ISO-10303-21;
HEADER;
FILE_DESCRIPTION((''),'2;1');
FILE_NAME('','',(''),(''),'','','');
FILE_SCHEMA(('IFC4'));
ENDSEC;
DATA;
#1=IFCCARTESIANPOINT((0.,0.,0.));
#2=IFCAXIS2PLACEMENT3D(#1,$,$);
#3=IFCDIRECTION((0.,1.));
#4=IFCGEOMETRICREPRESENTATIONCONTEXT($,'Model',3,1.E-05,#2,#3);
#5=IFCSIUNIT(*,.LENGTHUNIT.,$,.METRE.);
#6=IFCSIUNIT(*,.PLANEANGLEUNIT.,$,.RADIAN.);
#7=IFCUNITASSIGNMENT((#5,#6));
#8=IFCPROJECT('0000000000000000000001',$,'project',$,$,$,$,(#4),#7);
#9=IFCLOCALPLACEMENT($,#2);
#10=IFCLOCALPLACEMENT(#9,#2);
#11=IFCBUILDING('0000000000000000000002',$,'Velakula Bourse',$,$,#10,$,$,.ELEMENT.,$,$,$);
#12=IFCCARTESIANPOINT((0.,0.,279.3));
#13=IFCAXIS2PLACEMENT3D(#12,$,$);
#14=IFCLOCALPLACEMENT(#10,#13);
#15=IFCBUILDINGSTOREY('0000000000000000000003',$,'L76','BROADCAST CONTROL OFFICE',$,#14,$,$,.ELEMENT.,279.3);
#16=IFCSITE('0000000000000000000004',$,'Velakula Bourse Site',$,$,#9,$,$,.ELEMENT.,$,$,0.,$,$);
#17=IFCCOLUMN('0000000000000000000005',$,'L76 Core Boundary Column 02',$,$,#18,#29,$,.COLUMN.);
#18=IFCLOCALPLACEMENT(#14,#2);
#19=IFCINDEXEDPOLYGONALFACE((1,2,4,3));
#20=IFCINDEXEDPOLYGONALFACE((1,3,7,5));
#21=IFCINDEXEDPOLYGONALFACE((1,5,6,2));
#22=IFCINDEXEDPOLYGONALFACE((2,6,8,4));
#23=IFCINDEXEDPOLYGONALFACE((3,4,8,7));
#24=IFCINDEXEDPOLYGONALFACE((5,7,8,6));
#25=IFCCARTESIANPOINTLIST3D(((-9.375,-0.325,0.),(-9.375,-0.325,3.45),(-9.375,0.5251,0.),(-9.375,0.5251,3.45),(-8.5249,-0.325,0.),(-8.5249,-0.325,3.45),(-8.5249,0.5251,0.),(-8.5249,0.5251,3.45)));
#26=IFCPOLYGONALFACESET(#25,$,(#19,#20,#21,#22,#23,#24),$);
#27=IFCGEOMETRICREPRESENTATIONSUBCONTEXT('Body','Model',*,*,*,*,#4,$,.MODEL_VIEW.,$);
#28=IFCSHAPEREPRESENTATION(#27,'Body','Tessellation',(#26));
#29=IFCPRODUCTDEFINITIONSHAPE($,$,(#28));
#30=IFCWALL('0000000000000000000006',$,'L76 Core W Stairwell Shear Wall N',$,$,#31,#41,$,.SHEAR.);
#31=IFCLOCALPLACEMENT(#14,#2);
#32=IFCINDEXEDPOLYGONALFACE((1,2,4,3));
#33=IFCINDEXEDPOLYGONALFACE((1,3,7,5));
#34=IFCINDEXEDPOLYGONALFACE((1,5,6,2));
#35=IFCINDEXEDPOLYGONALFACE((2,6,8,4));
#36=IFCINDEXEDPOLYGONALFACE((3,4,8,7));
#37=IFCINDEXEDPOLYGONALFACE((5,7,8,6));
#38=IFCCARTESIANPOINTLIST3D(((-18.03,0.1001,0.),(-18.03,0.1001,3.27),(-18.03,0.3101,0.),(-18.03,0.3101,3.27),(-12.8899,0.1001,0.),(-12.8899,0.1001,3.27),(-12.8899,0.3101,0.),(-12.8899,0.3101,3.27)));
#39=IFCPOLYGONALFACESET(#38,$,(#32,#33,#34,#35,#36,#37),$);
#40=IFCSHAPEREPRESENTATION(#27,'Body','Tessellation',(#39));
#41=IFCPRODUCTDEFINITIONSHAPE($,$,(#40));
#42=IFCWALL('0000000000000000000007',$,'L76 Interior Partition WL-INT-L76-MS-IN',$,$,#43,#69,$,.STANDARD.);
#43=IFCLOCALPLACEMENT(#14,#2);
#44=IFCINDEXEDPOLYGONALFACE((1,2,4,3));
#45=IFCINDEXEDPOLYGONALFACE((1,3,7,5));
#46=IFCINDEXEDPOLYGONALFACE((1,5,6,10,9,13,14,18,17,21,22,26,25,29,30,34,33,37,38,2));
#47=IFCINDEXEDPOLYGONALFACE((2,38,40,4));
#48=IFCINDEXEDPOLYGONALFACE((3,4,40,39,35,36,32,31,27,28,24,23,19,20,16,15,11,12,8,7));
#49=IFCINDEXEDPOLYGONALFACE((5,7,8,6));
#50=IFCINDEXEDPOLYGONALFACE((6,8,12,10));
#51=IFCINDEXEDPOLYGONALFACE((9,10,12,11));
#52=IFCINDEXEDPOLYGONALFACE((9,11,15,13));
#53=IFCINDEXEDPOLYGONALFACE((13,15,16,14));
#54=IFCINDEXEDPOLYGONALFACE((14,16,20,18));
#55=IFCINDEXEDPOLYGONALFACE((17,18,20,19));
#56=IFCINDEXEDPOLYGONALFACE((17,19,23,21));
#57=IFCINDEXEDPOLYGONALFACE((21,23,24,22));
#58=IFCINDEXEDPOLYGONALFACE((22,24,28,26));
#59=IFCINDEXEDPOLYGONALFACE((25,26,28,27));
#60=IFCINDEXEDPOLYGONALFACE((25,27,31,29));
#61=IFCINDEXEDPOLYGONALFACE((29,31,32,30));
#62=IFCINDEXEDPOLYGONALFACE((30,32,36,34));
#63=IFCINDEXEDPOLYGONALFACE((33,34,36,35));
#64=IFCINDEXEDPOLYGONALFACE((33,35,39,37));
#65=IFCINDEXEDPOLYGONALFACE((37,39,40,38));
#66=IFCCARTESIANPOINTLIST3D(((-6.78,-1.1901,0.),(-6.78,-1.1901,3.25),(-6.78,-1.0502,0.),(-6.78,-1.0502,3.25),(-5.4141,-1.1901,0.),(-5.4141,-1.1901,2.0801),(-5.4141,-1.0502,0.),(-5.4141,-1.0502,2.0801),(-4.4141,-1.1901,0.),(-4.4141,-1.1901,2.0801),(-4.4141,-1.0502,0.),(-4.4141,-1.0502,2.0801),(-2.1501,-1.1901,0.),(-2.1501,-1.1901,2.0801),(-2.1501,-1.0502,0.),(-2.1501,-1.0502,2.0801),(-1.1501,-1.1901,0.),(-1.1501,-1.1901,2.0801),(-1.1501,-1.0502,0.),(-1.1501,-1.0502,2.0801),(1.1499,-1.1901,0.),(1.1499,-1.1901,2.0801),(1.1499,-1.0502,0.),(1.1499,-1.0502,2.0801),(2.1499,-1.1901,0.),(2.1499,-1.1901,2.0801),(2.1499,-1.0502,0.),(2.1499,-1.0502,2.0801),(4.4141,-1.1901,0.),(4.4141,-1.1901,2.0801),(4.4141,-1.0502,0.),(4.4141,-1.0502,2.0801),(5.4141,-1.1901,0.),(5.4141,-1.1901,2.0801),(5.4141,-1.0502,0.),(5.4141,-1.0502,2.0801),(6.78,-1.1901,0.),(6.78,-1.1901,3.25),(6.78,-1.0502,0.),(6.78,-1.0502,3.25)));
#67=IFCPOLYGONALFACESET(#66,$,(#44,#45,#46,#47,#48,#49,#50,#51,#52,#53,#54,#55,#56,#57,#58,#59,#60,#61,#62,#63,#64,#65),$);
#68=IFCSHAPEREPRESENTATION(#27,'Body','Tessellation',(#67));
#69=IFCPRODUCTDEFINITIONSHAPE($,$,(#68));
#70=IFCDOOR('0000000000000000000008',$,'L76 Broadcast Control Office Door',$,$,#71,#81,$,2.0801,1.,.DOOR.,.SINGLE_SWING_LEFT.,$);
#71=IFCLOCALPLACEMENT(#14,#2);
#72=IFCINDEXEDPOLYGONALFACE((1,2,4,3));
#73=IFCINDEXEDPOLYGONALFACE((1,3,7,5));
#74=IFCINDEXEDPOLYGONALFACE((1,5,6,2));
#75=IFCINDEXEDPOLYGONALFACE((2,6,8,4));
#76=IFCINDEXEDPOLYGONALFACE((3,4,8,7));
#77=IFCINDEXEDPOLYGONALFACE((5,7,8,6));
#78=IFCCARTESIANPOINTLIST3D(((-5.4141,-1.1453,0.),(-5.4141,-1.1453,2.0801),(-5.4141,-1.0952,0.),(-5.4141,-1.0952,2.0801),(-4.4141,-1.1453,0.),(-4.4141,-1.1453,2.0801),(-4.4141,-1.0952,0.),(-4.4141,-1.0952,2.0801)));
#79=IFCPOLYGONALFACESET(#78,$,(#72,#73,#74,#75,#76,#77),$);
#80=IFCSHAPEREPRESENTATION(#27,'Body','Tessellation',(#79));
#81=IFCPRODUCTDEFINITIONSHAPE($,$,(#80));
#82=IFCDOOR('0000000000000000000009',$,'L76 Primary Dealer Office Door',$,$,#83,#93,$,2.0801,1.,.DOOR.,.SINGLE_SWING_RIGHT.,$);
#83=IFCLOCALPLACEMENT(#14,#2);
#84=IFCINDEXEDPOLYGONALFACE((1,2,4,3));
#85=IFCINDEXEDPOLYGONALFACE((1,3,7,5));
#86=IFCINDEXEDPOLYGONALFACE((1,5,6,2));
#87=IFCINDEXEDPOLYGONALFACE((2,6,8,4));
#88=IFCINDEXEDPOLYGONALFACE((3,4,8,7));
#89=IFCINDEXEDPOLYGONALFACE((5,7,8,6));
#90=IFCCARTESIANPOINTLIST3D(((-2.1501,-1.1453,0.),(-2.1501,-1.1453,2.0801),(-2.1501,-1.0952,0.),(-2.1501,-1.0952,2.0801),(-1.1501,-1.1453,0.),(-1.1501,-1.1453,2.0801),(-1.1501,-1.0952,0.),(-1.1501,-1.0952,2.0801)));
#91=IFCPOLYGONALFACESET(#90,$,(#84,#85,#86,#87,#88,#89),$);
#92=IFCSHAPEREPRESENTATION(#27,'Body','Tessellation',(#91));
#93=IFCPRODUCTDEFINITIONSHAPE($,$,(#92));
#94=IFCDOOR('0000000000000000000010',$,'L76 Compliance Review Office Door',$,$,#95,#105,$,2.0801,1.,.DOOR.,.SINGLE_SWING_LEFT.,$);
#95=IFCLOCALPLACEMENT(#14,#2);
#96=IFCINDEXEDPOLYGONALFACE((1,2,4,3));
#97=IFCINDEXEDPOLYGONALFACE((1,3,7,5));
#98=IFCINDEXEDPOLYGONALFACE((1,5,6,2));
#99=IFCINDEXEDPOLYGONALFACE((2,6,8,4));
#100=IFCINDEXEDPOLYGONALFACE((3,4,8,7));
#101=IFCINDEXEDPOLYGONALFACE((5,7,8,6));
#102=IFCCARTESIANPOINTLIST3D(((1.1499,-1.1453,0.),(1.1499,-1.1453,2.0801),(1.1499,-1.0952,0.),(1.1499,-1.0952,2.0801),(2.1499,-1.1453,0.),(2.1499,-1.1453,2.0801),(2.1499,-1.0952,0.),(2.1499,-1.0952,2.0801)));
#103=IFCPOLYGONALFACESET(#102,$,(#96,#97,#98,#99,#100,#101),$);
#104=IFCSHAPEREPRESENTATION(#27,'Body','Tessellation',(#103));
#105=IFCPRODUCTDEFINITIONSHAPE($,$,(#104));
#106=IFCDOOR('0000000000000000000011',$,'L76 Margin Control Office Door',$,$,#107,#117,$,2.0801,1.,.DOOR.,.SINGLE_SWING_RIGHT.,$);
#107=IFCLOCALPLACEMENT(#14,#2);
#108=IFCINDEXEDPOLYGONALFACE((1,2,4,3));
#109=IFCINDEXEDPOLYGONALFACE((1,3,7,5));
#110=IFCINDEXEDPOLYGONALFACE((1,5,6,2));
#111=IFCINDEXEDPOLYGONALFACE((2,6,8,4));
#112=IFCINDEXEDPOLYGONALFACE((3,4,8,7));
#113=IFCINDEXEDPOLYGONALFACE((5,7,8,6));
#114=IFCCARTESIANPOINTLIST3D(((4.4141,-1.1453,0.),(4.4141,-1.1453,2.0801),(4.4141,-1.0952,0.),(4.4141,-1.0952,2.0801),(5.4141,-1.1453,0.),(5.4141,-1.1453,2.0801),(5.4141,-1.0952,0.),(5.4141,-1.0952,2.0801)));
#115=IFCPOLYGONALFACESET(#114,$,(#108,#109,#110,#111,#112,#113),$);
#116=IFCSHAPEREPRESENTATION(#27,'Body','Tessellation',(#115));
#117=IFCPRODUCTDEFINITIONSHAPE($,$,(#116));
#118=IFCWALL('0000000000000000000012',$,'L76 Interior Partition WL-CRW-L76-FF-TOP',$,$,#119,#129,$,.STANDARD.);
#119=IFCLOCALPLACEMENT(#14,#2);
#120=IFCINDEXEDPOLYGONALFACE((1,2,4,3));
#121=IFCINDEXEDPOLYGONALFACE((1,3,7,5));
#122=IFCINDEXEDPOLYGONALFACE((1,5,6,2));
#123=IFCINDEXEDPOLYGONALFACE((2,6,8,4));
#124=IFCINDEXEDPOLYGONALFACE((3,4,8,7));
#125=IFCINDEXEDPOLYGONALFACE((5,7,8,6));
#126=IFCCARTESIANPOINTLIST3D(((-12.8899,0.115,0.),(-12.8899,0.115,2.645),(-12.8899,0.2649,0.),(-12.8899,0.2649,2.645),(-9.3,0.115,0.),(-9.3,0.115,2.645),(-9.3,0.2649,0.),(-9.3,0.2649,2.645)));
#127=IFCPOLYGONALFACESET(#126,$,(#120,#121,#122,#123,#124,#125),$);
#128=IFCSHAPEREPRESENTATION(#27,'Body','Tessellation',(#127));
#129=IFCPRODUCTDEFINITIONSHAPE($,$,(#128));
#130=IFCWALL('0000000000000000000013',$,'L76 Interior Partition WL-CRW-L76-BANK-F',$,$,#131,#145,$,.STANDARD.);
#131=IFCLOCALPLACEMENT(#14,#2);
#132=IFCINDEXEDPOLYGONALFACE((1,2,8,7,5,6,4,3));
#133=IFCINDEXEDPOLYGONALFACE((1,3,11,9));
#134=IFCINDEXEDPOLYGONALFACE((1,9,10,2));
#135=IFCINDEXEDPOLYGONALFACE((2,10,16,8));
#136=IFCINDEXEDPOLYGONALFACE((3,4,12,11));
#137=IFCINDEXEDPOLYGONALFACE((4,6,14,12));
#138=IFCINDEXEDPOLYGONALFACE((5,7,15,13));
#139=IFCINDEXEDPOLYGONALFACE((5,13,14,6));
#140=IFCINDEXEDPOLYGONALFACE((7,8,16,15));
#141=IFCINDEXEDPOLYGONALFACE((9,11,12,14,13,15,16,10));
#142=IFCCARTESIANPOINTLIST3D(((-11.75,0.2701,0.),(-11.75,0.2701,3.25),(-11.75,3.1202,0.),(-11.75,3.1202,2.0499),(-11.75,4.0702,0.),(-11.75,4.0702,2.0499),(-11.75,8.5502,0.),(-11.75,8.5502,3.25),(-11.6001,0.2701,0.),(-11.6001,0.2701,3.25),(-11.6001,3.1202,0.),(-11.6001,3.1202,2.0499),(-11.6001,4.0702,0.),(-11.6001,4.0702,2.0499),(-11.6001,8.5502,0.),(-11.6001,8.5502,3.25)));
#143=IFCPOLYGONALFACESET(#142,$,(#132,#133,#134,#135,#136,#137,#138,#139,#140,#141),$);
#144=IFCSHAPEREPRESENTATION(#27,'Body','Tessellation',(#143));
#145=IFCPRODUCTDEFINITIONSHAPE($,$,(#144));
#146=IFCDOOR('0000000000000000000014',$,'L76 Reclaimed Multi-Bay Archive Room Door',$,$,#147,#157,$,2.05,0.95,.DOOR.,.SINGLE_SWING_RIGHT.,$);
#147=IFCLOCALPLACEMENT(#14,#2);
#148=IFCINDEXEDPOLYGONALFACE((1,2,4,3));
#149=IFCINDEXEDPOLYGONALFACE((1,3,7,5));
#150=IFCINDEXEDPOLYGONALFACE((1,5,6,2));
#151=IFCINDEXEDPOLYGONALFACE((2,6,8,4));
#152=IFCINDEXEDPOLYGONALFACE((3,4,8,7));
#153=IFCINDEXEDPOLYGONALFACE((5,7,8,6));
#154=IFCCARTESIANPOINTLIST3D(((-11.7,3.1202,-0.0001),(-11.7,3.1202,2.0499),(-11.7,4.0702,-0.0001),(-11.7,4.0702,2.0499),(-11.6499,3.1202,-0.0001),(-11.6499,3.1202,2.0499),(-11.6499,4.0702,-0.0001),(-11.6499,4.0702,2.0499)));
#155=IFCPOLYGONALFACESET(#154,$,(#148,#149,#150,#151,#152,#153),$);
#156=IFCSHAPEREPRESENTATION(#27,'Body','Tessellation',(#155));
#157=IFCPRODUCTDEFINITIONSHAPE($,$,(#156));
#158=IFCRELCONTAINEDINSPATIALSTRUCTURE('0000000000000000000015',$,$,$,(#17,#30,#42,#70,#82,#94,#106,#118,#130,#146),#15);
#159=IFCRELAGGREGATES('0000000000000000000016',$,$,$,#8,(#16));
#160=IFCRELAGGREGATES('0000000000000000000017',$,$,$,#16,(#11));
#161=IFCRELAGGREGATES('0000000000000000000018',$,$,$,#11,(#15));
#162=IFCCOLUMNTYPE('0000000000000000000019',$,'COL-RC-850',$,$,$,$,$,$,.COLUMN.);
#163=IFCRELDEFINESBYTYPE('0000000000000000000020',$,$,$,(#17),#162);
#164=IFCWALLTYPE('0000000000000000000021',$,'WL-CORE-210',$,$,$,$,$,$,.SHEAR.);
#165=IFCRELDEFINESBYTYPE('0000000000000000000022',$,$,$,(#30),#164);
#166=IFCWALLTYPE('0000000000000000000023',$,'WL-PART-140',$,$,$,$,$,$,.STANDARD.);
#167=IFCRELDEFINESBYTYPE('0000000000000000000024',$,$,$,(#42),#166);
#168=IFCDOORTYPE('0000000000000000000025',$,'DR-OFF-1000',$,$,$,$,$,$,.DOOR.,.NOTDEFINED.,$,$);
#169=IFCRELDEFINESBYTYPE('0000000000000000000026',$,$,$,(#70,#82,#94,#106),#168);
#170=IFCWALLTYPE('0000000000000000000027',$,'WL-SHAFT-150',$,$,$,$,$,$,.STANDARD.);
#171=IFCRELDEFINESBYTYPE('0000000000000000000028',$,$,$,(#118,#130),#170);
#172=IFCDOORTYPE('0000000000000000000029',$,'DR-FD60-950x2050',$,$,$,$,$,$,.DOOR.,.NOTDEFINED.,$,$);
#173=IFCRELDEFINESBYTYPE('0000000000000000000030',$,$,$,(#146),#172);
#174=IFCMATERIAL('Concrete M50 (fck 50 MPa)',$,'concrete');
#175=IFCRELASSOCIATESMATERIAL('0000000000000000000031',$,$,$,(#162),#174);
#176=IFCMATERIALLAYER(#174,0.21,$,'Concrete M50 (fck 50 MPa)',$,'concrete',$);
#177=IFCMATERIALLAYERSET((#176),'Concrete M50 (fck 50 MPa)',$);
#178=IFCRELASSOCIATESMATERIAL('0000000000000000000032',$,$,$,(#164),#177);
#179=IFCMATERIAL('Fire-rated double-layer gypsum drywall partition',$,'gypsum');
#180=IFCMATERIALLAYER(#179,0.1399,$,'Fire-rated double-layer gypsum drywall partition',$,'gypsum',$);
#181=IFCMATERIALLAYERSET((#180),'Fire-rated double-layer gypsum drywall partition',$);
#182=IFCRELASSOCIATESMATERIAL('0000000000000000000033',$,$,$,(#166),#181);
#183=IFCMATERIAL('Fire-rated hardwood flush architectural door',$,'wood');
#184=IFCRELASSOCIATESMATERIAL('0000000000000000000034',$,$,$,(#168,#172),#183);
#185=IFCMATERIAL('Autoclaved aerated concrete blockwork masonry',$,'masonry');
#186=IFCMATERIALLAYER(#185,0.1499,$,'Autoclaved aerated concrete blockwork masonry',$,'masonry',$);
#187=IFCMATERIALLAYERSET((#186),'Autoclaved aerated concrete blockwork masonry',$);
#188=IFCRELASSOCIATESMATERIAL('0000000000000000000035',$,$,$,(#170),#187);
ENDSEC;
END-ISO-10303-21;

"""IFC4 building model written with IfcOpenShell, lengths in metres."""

from ifc_helpers import new_model, si_unit, direction, frame, frame_2d, origin, origin_2d, place, context, subcontext, project, spatial, rectangle, extrude, material, layer, layer_set, material_profile, profile_set, type_object, element, fill, save


model = new_model("IFC4")

# Units and contexts
model_context = context("Model", 3, precision=1e-05, world=origin(), true_north=direction((0.0, 1.0)))
body_context = subcontext(model_context, "Body", "Model", "MODEL_VIEW")
ifc_project = project(units=[si_unit("LENGTHUNIT", "METRE"), si_unit("PLANEANGLEUNIT", "RADIAN")], contexts=[model_context])

# Site, building, storey
site_placement = place(None, origin())
site = spatial("IfcSite", under=ifc_project, at=site_placement, Name="Velakula Bourse Site", CompositionType="ELEMENT", RefElevation=0.0)
building_placement = place(site_placement, origin())
building = spatial("IfcBuilding", under=site, at=building_placement, Name="Velakula Bourse", CompositionType="ELEMENT")
storey_placement = place(building_placement, frame((0.0, 0.0, 279.3)))
storey = spatial("IfcBuildingStorey", under=building, at=storey_placement, Name="L76", Description="BROADCAST CONTROL OFFICE", CompositionType="ELEMENT", Elevation=279.3)

# Column
ifc_material_1 = material(Name="Concrete M50 (fck 50 MPa)", Category="concrete")
ifc_material_profile = material_profile(ifc_material_1, rectangle(XDim=0.8501, YDim=0.8501, at=origin_2d()), Name="Concrete M50 (fck 50 MPa)")
ifc_profile_set = profile_set([ifc_material_profile], Name="Concrete M50 (fck 50 MPa)")
column_type = type_object("IfcColumnType", Name="COL-RC-850", PredefinedType="COLUMN", material=ifc_profile_set)
column_placement = place(storey_placement, frame((-8.95, 0.1001, 0.0), z_axis=(0.0, 0.0, 1.0), x_axis=(1.0, 0.0, 0.0)))
element("IfcColumn", 1, at=column_placement, inside=storey, type_object=column_type, Name="L76 Core Boundary Column 02", PredefinedType="COLUMN", context=body_context, shape_type="SweptSolid", body=[
    extrude(rectangle(XDim=0.8501, YDim=0.8501, at=origin_2d()), origin(), (0.0, 0.0, 1.0), 3.45),
])

# Wall
ifc_layer_1 = layer(ifc_material_1, 0.21, Name="Concrete M50 (fck 50 MPa)", Category="concrete")
ifc_layer_set_1 = layer_set([ifc_layer_1], Name="Concrete M50 (fck 50 MPa)")
wall_type_1 = type_object("IfcWallType", Name="WL-CORE-210", PredefinedType="SHEAR", material=ifc_layer_set_1)
wall_1_placement = place(storey_placement, frame((-12.8899, 0.2051, 0.0), z_axis=(0.0, 0.0, 1.0), x_axis=(-1.0, 0.0, 0.0)))
element("IfcWall", 2, at=wall_1_placement, inside=storey, type_object=wall_type_1, Name="L76 Core W Stairwell Shear Wall N", PredefinedType="SHEAR", context=body_context, shape_type="SweptSolid", body=[
    extrude(rectangle(XDim=5.1401, YDim=0.21, at=frame_2d((2.5701, 0.0))), origin(), (0.0, 0.0, 1.0), 3.27),
])

# Wall, openings, doors
ifc_material_2 = material(Name="Fire-rated double-layer gypsum drywall partition", Category="gypsum")
ifc_layer_2 = layer(ifc_material_2, 0.1399, Name="Fire-rated double-layer gypsum drywall partition", Category="gypsum")
ifc_layer_set_2 = layer_set([ifc_layer_2], Name="Fire-rated double-layer gypsum drywall partition")
wall_type_2 = type_object("IfcWallType", Name="WL-PART-140", PredefinedType="STANDARD", material=ifc_layer_set_2)
wall_2_placement = place(storey_placement, frame((-6.78, -1.1201, 0.0), z_axis=(0.0, 0.0, 1.0), x_axis=(1.0, 0.0, 0.0)))
wall_2 = element("IfcWall", 3, at=wall_2_placement, inside=storey, type_object=wall_type_2, Name="L76 Interior Partition WL-INT-L76-MS-IN", PredefinedType="STANDARD", context=body_context, shape_type="SweptSolid", body=[
    extrude(rectangle(XDim=13.5601, YDim=0.1399, at=frame_2d((6.78, 0.0))), origin(), (0.0, 0.0, 1.0), 3.25),
])
opening_1_placement = place(wall_2_placement, frame((1.366, 0.0, 0.0)))
opening_1 = element("IfcOpeningElement", 4, at=opening_1_placement, cuts=wall_2, PredefinedType="OPENING", context=body_context, shape_type="SweptSolid", body=[
    extrude(rectangle(XDim=1.0, YDim=2.0801, at=frame_2d((0.5, 1.04))), frame((0.0, 0.0798, 0.0), z_axis=(0.0, -1.0, 0.0), x_axis=(1.0, 0.0, 0.0)), (0.0, 0.0, 1.0), 0.1599),
])
opening_2_placement = place(wall_2_placement, frame((4.6299, 0.0, 0.0)))
opening_2 = element("IfcOpeningElement", 5, at=opening_2_placement, cuts=wall_2, PredefinedType="OPENING", context=body_context, shape_type="SweptSolid", body=[
    extrude(rectangle(XDim=1.0, YDim=2.0801, at=frame_2d((0.5, 1.04))), frame((0.0, 0.0798, 0.0), z_axis=(0.0, -1.0, 0.0), x_axis=(1.0, 0.0, 0.0)), (0.0, 0.0, 1.0), 0.1599),
])
opening_3_placement = place(wall_2_placement, frame((7.9299, 0.0, 0.0)))
opening_3 = element("IfcOpeningElement", 6, at=opening_3_placement, cuts=wall_2, PredefinedType="OPENING", context=body_context, shape_type="SweptSolid", body=[
    extrude(rectangle(XDim=1.0, YDim=2.0801, at=frame_2d((0.5, 1.04))), frame((0.0, 0.0798, 0.0), z_axis=(0.0, -1.0, 0.0), x_axis=(1.0, 0.0, 0.0)), (0.0, 0.0, 1.0), 0.1599),
])
opening_4_placement = place(wall_2_placement, frame((11.1941, 0.0, 0.0)))
opening_4 = element("IfcOpeningElement", 7, at=opening_4_placement, cuts=wall_2, PredefinedType="OPENING", context=body_context, shape_type="SweptSolid", body=[
    extrude(rectangle(XDim=1.0, YDim=2.0801, at=frame_2d((0.5, 1.04))), frame((0.0, 0.0798, 0.0), z_axis=(0.0, -1.0, 0.0), x_axis=(1.0, 0.0, 0.0)), (0.0, 0.0, 1.0), 0.1599),
])
ifc_material_3 = material(Name="Fire-rated hardwood flush architectural door", Category="wood")
door_type_1 = type_object("IfcDoorType", Name="DR-OFF-1000", OperationType="NOTDEFINED", PredefinedType="DOOR", material=ifc_material_3)
door_1_placement = place(opening_1_placement, origin())
door_1 = element("IfcDoor", 8, at=door_1_placement, inside=storey, type_object=door_type_1, Name="L76 Broadcast Control Office Door", OperationType="SINGLE_SWING_LEFT", OverallHeight=2.0801, OverallWidth=1.0, PredefinedType="DOOR", context=body_context, shape_type="SweptSolid", body=[
    extrude(rectangle(XDim=1.0, YDim=2.0801, at=frame_2d((0.5, 1.04))), frame((0.0, 0.0249, 0.0), z_axis=(0.0, -1.0, 0.0), x_axis=(1.0, 0.0, 0.0)), (0.0, 0.0, 1.0), 0.05),
])
fill(opening_1, door_1)
door_2_placement = place(opening_2_placement, origin())
door_2 = element("IfcDoor", 9, at=door_2_placement, inside=storey, type_object=door_type_1, Name="L76 Primary Dealer Office Door", OperationType="SINGLE_SWING_RIGHT", OverallHeight=2.0801, OverallWidth=1.0, PredefinedType="DOOR", context=body_context, shape_type="SweptSolid", body=[
    extrude(rectangle(XDim=1.0, YDim=2.0801, at=frame_2d((0.5, 1.04))), frame((0.0, 0.0249, 0.0), z_axis=(0.0, -1.0, 0.0), x_axis=(1.0, 0.0, 0.0)), (0.0, 0.0, 1.0), 0.05),
])
fill(opening_2, door_2)
door_3_placement = place(opening_3_placement, origin())
door_3 = element("IfcDoor", 10, at=door_3_placement, inside=storey, type_object=door_type_1, Name="L76 Compliance Review Office Door", OperationType="SINGLE_SWING_LEFT", OverallHeight=2.0801, OverallWidth=1.0, PredefinedType="DOOR", context=body_context, shape_type="SweptSolid", body=[
    extrude(rectangle(XDim=1.0, YDim=2.0801, at=frame_2d((0.5, 1.04))), frame((0.0, 0.0249, 0.0), z_axis=(0.0, -1.0, 0.0), x_axis=(1.0, 0.0, 0.0)), (0.0, 0.0, 1.0), 0.05),
])
fill(opening_3, door_3)
door_4_placement = place(opening_4_placement, origin())
door_4 = element("IfcDoor", 11, at=door_4_placement, inside=storey, type_object=door_type_1, Name="L76 Margin Control Office Door", OperationType="SINGLE_SWING_RIGHT", OverallHeight=2.0801, OverallWidth=1.0, PredefinedType="DOOR", context=body_context, shape_type="SweptSolid", body=[
    extrude(rectangle(XDim=1.0, YDim=2.0801, at=frame_2d((0.5, 1.04))), frame((0.0, 0.0249, 0.0), z_axis=(0.0, -1.0, 0.0), x_axis=(1.0, 0.0, 0.0)), (0.0, 0.0, 1.0), 0.05),
])
fill(opening_4, door_4)

# Wall
ifc_material_4 = material(Name="Autoclaved aerated concrete blockwork masonry", Category="masonry")
ifc_layer_3 = layer(ifc_material_4, 0.1499, Name="Autoclaved aerated concrete blockwork masonry", Category="masonry")
ifc_layer_set_3 = layer_set([ifc_layer_3], Name="Autoclaved aerated concrete blockwork masonry")
wall_type_3 = type_object("IfcWallType", Name="WL-SHAFT-150", PredefinedType="STANDARD", material=ifc_layer_set_3)
wall_3_placement = place(storey_placement, frame((-12.8899, 0.1899, 0.0), z_axis=(0.0, 0.0, 1.0), x_axis=(1.0, 0.0, 0.0)))
element("IfcWall", 12, at=wall_3_placement, inside=storey, type_object=wall_type_3, Name="L76 Interior Partition WL-CRW-L76-FF-TOP", PredefinedType="STANDARD", context=body_context, shape_type="SweptSolid", body=[
    extrude(rectangle(XDim=3.5898, YDim=0.1499, at=frame_2d((1.7949, 0.0))), origin(), (0.0, 0.0, 1.0), 2.645),
])

# Wall, opening, door
wall_4_placement = place(storey_placement, frame((-11.675, 0.27, 0.0), z_axis=(0.0, 0.0, 1.0), x_axis=(0.0, 1.0, 0.0)))
wall_4 = element("IfcWall", 13, at=wall_4_placement, inside=storey, type_object=wall_type_3, Name="L76 Interior Partition WL-CRW-L76-BANK-F", PredefinedType="STANDARD", context=body_context, shape_type="SweptSolid", body=[
    extrude(rectangle(XDim=8.28, YDim=0.1499, at=frame_2d((4.1401, 0.0))), origin(), (0.0, 0.0, 1.0), 3.25),
])
opening_5_placement = place(wall_4_placement, frame((2.8501, 0.0, 0.0)))
opening_5 = element("IfcOpeningElement", 14, at=opening_5_placement, cuts=wall_4, PredefinedType="OPENING", context=body_context, shape_type="SweptSolid", body=[
    extrude(rectangle(XDim=0.95, YDim=2.05, at=frame_2d((0.4751, 1.0249))), frame((0.0, 0.085, 0.0), z_axis=(0.0, -1.0, 0.0), x_axis=(1.0, 0.0, 0.0)), (0.0, 0.0, 1.0), 0.1699),
])
door_type_2 = type_object("IfcDoorType", Name="DR-FD60-950x2050", OperationType="NOTDEFINED", PredefinedType="DOOR", material=ifc_material_3)
door_5_placement = place(opening_5_placement, origin())
door_5 = element("IfcDoor", 15, at=door_5_placement, inside=storey, type_object=door_type_2, Name="L76 Reclaimed Multi-Bay Archive Room Door", OperationType="SINGLE_SWING_RIGHT", OverallHeight=2.05, OverallWidth=0.95, PredefinedType="DOOR", context=body_context, shape_type="SweptSolid", body=[
    extrude(rectangle(XDim=0.95, YDim=2.05, at=frame_2d((0.4751, 1.0249))), frame((0.0, 0.0249, 0.0), z_axis=(0.0, -1.0, 0.0), x_axis=(1.0, 0.0, 0.0)), (0.0, 0.0, 1.0), 0.05),
])
fill(opening_5, door_5)

save(model, "model.ifc")
